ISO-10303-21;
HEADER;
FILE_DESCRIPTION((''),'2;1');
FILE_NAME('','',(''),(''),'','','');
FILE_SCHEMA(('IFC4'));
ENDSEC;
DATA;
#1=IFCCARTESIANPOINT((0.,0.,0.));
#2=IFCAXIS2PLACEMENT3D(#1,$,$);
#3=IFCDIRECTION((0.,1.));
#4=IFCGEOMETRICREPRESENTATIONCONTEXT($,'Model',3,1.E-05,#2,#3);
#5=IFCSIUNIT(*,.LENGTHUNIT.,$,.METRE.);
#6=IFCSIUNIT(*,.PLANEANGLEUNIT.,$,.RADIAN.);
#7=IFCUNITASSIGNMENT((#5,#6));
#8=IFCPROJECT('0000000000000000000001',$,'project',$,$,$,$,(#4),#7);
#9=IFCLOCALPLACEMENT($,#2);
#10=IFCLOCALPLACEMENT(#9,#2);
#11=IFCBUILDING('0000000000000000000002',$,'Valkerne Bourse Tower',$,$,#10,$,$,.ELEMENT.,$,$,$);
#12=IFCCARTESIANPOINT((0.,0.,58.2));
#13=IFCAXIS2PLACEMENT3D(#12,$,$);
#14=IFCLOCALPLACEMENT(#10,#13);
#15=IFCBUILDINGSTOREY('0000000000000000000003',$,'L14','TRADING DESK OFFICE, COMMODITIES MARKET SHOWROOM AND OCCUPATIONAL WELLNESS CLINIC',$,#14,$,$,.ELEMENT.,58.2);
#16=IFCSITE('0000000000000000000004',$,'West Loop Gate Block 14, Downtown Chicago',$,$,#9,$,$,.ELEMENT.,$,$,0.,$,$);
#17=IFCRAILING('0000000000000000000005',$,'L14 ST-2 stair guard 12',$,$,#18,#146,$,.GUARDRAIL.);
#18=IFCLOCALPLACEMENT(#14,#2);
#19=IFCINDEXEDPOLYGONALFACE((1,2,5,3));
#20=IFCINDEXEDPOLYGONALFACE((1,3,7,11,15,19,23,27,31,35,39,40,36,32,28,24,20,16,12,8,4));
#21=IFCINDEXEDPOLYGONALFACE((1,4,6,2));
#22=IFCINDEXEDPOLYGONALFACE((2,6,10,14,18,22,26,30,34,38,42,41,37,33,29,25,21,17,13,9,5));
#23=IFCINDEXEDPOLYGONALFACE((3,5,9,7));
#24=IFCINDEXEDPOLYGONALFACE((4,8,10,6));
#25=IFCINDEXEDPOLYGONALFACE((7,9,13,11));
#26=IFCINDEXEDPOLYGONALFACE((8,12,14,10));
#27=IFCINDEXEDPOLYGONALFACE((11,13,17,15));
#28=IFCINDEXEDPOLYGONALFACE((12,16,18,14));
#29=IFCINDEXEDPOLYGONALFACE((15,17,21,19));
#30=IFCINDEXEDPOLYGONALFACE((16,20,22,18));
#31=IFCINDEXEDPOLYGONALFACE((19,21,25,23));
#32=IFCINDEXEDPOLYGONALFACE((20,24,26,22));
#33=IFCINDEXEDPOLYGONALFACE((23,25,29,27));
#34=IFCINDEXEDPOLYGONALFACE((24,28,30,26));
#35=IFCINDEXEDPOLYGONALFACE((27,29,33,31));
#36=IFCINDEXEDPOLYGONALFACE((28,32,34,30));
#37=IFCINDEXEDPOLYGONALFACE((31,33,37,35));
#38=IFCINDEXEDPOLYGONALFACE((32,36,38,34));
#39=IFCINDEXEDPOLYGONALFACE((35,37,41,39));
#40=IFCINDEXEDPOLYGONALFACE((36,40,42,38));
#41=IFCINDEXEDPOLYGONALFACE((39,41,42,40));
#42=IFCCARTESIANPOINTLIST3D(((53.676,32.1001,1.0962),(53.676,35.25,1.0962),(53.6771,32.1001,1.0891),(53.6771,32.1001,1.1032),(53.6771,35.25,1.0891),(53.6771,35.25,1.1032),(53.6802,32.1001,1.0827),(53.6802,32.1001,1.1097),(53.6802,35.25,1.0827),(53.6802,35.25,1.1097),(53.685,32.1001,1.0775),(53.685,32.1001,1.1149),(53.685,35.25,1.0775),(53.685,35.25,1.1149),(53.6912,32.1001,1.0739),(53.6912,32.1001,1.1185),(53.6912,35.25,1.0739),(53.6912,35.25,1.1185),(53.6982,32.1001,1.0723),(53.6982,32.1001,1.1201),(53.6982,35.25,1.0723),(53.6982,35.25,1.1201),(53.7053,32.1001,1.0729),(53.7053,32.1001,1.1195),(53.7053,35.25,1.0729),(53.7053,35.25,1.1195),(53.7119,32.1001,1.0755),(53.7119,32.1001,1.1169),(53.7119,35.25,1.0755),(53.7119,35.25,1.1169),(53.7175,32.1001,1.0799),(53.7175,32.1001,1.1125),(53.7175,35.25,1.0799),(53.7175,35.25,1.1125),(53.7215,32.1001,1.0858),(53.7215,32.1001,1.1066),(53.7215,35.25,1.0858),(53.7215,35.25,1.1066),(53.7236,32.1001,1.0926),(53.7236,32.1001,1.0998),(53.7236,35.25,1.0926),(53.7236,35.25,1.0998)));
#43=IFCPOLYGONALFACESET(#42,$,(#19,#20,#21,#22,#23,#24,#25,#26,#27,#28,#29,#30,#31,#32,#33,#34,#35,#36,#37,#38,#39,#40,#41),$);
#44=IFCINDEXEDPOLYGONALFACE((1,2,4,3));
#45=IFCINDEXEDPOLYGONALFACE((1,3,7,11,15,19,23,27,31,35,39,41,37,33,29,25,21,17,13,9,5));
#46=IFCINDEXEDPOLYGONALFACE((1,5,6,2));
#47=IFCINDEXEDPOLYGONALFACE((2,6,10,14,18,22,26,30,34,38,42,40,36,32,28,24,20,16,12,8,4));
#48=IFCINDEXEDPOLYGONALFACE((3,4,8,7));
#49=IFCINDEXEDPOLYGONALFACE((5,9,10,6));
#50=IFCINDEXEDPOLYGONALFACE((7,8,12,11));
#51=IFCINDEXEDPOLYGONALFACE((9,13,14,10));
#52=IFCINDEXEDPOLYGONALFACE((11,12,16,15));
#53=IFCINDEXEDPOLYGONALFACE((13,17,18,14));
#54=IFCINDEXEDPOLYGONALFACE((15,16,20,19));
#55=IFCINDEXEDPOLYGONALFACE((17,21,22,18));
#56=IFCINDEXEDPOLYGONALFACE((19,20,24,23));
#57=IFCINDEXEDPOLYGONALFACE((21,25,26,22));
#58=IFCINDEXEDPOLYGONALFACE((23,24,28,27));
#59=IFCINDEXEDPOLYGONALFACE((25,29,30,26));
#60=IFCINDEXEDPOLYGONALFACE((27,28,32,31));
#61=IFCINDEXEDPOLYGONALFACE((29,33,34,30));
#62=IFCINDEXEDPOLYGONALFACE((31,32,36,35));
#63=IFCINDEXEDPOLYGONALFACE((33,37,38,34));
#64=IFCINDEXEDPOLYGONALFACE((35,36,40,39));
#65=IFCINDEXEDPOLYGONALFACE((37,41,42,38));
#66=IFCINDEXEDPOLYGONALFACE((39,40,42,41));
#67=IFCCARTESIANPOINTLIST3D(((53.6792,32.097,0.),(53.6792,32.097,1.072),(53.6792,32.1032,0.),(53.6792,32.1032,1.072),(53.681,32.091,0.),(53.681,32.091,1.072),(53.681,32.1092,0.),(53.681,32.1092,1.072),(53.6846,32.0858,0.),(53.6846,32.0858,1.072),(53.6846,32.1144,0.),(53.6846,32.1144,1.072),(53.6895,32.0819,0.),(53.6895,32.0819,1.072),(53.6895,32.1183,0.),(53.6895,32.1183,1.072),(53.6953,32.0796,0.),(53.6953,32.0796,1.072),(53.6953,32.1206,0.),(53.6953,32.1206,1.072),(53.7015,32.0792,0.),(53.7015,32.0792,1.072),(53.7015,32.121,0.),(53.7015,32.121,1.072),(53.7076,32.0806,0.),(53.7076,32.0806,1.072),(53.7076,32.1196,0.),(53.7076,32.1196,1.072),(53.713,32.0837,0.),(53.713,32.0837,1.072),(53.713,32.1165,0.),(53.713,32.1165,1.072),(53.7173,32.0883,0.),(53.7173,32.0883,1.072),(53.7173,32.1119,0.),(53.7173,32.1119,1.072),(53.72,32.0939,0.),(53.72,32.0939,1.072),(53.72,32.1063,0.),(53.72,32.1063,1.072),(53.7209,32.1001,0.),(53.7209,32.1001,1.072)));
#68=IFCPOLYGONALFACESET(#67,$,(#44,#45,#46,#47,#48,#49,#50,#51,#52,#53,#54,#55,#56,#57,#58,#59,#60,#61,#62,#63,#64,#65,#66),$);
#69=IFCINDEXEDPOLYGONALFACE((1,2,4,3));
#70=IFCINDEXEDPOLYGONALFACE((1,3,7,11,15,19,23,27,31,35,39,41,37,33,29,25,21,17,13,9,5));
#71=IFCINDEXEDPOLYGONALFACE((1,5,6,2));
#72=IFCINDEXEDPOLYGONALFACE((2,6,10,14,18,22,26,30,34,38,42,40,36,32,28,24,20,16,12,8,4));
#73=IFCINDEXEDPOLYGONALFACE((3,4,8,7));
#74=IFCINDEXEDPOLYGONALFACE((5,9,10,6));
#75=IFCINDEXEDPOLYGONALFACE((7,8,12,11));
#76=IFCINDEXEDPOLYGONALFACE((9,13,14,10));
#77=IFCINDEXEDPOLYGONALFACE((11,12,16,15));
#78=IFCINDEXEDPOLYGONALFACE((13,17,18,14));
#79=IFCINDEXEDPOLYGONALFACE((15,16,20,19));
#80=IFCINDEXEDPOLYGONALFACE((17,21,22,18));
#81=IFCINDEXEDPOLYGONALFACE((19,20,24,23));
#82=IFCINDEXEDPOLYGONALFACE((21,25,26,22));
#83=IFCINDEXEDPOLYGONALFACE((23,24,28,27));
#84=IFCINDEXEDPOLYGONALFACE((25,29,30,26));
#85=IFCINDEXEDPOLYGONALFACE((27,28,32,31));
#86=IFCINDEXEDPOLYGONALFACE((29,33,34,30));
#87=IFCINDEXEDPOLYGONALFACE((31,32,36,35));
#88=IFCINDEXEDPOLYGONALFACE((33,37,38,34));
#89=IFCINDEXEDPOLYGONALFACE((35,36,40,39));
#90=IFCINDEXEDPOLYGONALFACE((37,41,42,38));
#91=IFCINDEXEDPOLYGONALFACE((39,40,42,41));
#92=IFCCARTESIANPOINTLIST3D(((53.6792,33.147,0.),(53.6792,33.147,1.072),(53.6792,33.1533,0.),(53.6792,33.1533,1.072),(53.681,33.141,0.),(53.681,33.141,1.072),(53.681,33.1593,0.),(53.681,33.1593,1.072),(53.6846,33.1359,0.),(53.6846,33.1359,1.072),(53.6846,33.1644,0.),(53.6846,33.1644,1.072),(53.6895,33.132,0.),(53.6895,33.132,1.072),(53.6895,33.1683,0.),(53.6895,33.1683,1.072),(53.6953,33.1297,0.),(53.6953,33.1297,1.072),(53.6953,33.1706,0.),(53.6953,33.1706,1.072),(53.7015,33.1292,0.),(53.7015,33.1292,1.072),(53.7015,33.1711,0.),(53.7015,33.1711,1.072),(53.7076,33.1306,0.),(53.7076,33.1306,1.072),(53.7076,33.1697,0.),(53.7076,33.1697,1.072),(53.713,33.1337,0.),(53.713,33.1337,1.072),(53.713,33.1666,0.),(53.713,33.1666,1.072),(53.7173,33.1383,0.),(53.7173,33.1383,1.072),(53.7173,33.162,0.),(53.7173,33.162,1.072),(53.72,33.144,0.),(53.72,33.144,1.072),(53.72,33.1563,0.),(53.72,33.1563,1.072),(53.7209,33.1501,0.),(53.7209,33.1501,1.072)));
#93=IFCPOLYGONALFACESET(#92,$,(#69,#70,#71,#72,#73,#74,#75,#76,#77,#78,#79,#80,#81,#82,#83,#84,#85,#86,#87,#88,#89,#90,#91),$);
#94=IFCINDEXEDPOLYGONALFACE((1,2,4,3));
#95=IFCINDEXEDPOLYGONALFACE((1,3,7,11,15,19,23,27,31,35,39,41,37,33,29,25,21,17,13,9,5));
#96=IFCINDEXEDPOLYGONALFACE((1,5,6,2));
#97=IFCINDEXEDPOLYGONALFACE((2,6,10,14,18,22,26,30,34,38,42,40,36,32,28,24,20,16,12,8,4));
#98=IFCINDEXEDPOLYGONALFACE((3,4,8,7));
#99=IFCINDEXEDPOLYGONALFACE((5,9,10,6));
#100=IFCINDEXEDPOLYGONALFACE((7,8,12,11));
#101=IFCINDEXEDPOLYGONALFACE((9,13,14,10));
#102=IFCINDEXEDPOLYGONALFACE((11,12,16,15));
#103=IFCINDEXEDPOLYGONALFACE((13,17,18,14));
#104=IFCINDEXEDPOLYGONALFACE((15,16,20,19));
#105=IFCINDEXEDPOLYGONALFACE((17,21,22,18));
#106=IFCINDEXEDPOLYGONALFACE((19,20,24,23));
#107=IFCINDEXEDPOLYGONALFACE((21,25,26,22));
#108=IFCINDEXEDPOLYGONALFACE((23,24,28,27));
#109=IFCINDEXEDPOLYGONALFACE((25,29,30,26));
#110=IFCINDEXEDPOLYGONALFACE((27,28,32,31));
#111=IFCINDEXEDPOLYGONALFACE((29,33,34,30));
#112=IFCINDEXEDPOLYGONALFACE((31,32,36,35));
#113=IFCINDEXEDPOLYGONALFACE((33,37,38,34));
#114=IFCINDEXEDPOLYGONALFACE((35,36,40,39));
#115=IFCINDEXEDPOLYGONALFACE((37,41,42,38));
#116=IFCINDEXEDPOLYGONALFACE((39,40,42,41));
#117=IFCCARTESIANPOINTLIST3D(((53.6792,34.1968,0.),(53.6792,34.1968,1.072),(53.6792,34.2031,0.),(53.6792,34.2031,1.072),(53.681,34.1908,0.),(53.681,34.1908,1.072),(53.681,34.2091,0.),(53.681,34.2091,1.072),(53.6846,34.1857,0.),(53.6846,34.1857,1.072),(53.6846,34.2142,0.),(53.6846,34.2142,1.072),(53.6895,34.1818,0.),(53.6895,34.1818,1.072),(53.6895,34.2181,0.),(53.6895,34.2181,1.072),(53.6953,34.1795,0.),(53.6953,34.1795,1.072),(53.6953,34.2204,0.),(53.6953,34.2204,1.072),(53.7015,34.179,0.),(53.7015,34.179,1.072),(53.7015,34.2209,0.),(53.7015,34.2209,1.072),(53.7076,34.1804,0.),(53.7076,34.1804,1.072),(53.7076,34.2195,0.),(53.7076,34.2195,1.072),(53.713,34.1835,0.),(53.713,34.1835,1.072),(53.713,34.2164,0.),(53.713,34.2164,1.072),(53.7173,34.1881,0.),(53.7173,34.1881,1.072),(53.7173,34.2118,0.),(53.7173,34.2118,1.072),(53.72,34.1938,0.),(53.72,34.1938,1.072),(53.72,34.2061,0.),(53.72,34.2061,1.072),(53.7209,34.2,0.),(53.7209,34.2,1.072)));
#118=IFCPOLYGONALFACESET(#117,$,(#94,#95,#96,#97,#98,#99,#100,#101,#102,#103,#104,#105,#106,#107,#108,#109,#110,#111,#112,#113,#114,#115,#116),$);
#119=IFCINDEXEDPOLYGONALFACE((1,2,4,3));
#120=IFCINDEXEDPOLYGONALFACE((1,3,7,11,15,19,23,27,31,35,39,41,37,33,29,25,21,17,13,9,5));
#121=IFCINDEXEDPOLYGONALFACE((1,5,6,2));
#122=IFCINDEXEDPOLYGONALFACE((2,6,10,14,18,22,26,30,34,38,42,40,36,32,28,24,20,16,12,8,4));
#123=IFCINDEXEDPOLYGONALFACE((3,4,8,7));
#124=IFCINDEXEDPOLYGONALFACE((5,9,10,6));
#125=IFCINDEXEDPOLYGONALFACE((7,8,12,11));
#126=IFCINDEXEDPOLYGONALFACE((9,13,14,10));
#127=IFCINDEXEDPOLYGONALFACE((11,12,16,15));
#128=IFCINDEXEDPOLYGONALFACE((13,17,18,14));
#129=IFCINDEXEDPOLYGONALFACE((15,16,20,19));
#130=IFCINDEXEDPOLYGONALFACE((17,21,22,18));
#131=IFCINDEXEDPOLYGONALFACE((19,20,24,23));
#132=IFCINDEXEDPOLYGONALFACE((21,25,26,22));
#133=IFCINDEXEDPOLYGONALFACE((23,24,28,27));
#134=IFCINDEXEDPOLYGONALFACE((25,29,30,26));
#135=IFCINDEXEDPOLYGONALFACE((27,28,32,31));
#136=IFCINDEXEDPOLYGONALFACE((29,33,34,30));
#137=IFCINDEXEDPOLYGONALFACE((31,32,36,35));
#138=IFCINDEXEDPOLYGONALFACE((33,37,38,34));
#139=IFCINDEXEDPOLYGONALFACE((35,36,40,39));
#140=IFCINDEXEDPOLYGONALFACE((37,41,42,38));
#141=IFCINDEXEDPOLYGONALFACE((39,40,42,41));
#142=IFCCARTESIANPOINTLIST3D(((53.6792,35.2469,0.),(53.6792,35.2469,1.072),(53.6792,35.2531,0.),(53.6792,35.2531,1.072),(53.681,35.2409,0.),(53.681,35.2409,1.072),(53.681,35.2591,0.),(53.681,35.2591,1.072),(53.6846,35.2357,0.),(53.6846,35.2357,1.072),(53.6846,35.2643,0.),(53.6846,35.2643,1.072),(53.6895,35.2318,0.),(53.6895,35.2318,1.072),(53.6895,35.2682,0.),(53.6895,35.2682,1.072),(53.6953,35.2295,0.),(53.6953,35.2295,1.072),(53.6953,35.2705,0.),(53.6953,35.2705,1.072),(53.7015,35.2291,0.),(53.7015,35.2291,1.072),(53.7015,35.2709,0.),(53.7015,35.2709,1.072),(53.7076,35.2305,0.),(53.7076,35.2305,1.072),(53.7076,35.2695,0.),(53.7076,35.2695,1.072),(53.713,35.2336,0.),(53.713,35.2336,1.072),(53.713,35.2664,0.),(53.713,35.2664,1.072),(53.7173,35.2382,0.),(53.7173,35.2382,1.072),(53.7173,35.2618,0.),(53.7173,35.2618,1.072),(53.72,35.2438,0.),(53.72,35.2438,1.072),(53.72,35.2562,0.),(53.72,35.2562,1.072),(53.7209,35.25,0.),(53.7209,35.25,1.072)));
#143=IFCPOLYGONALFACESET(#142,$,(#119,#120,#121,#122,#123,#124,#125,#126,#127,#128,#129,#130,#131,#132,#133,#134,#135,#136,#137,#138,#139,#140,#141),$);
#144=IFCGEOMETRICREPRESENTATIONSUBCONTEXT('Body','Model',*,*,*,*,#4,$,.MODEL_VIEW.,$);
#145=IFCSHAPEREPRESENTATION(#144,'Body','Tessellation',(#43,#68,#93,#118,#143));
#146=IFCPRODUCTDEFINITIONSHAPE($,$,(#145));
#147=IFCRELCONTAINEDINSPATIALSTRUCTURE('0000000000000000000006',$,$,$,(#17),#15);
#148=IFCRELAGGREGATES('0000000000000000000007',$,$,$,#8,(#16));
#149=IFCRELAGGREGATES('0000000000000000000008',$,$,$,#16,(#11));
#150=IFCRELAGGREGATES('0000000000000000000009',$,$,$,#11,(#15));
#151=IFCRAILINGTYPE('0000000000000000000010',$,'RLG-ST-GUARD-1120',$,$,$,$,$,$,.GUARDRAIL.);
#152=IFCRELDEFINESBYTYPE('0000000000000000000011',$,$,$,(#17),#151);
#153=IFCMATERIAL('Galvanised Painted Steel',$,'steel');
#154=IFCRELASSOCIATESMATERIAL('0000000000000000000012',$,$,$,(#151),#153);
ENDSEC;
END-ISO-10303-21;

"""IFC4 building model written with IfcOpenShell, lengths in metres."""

from ifc_helpers import new_model, si_unit, direction, frame, origin, origin_2d, place, context, subcontext, project, spatial, circle, extrude, material, type_object, element, save


model = new_model("IFC4")

# Units and contexts
model_context = context("Model", 3, precision=1e-05, world=origin(), true_north=direction((0.0, 1.0)))
body_context = subcontext(model_context, "Body", "Model", "MODEL_VIEW")
ifc_project = project(units=[si_unit("LENGTHUNIT", "METRE"), si_unit("PLANEANGLEUNIT", "RADIAN")], contexts=[model_context])

# Site, building, storey
site_placement = place(None, origin())
site = spatial("IfcSite", under=ifc_project, at=site_placement, Name="West Loop Gate Block 14, Downtown Chicago", CompositionType="ELEMENT", RefElevation=0.0)
building_placement = place(site_placement, origin())
building = spatial("IfcBuilding", under=site, at=building_placement, Name="Valkerne Bourse Tower", CompositionType="ELEMENT")
storey_placement = place(building_placement, frame((0.0, 0.0, 58.2)))
storey = spatial("IfcBuildingStorey", under=building, at=storey_placement, Name="L14", Description="TRADING DESK OFFICE, COMMODITIES MARKET SHOWROOM AND OCCUPATIONAL WELLNESS CLINIC", CompositionType="ELEMENT", Elevation=58.2)

# Railing
ifc_material_1 = material(Name="Galvanised Painted Steel", Category="steel")
railing_type_1 = type_object("IfcRailingType", Name="RLG-ST-GUARD-1120", PredefinedType="GUARDRAIL", material=ifc_material_1)
railing_1_placement = place(storey_placement, frame((53.7, 32.1001, 0.0)))
element("IfcRailing", 1, at=railing_1_placement, inside=storey, type_object=railing_type_1, Name="L14 ST-2 stair guard 12", PredefinedType="GUARDRAIL", context=body_context, shape_type="SweptSolid", body=[
    extrude(circle(Radius=0.0239, at=origin_2d()), frame((0.0, 0.0, 1.0962), z_axis=(0.0, 1.0, 0.0), x_axis=(-1.0, 0.0, 0.0)), (0.0, 0.0, 1.0), 3.1499),
    extrude(circle(Radius=0.021, at=origin_2d()), origin(), (0.0, 0.0, 1.0), 1.072),
    extrude(circle(Radius=0.021, at=origin_2d()), frame((0.0, 1.05, 0.0)), (0.0, 0.0, 1.0), 1.072),
    extrude(circle(Radius=0.021, at=origin_2d()), frame((0.0, 2.0999, 0.0)), (0.0, 0.0, 1.0), 1.072),
    extrude(circle(Radius=0.021, at=origin_2d()), frame((0.0, 3.1499, 0.0)), (0.0, 0.0, 1.0), 1.072),
])

save(model, "model.ifc")
